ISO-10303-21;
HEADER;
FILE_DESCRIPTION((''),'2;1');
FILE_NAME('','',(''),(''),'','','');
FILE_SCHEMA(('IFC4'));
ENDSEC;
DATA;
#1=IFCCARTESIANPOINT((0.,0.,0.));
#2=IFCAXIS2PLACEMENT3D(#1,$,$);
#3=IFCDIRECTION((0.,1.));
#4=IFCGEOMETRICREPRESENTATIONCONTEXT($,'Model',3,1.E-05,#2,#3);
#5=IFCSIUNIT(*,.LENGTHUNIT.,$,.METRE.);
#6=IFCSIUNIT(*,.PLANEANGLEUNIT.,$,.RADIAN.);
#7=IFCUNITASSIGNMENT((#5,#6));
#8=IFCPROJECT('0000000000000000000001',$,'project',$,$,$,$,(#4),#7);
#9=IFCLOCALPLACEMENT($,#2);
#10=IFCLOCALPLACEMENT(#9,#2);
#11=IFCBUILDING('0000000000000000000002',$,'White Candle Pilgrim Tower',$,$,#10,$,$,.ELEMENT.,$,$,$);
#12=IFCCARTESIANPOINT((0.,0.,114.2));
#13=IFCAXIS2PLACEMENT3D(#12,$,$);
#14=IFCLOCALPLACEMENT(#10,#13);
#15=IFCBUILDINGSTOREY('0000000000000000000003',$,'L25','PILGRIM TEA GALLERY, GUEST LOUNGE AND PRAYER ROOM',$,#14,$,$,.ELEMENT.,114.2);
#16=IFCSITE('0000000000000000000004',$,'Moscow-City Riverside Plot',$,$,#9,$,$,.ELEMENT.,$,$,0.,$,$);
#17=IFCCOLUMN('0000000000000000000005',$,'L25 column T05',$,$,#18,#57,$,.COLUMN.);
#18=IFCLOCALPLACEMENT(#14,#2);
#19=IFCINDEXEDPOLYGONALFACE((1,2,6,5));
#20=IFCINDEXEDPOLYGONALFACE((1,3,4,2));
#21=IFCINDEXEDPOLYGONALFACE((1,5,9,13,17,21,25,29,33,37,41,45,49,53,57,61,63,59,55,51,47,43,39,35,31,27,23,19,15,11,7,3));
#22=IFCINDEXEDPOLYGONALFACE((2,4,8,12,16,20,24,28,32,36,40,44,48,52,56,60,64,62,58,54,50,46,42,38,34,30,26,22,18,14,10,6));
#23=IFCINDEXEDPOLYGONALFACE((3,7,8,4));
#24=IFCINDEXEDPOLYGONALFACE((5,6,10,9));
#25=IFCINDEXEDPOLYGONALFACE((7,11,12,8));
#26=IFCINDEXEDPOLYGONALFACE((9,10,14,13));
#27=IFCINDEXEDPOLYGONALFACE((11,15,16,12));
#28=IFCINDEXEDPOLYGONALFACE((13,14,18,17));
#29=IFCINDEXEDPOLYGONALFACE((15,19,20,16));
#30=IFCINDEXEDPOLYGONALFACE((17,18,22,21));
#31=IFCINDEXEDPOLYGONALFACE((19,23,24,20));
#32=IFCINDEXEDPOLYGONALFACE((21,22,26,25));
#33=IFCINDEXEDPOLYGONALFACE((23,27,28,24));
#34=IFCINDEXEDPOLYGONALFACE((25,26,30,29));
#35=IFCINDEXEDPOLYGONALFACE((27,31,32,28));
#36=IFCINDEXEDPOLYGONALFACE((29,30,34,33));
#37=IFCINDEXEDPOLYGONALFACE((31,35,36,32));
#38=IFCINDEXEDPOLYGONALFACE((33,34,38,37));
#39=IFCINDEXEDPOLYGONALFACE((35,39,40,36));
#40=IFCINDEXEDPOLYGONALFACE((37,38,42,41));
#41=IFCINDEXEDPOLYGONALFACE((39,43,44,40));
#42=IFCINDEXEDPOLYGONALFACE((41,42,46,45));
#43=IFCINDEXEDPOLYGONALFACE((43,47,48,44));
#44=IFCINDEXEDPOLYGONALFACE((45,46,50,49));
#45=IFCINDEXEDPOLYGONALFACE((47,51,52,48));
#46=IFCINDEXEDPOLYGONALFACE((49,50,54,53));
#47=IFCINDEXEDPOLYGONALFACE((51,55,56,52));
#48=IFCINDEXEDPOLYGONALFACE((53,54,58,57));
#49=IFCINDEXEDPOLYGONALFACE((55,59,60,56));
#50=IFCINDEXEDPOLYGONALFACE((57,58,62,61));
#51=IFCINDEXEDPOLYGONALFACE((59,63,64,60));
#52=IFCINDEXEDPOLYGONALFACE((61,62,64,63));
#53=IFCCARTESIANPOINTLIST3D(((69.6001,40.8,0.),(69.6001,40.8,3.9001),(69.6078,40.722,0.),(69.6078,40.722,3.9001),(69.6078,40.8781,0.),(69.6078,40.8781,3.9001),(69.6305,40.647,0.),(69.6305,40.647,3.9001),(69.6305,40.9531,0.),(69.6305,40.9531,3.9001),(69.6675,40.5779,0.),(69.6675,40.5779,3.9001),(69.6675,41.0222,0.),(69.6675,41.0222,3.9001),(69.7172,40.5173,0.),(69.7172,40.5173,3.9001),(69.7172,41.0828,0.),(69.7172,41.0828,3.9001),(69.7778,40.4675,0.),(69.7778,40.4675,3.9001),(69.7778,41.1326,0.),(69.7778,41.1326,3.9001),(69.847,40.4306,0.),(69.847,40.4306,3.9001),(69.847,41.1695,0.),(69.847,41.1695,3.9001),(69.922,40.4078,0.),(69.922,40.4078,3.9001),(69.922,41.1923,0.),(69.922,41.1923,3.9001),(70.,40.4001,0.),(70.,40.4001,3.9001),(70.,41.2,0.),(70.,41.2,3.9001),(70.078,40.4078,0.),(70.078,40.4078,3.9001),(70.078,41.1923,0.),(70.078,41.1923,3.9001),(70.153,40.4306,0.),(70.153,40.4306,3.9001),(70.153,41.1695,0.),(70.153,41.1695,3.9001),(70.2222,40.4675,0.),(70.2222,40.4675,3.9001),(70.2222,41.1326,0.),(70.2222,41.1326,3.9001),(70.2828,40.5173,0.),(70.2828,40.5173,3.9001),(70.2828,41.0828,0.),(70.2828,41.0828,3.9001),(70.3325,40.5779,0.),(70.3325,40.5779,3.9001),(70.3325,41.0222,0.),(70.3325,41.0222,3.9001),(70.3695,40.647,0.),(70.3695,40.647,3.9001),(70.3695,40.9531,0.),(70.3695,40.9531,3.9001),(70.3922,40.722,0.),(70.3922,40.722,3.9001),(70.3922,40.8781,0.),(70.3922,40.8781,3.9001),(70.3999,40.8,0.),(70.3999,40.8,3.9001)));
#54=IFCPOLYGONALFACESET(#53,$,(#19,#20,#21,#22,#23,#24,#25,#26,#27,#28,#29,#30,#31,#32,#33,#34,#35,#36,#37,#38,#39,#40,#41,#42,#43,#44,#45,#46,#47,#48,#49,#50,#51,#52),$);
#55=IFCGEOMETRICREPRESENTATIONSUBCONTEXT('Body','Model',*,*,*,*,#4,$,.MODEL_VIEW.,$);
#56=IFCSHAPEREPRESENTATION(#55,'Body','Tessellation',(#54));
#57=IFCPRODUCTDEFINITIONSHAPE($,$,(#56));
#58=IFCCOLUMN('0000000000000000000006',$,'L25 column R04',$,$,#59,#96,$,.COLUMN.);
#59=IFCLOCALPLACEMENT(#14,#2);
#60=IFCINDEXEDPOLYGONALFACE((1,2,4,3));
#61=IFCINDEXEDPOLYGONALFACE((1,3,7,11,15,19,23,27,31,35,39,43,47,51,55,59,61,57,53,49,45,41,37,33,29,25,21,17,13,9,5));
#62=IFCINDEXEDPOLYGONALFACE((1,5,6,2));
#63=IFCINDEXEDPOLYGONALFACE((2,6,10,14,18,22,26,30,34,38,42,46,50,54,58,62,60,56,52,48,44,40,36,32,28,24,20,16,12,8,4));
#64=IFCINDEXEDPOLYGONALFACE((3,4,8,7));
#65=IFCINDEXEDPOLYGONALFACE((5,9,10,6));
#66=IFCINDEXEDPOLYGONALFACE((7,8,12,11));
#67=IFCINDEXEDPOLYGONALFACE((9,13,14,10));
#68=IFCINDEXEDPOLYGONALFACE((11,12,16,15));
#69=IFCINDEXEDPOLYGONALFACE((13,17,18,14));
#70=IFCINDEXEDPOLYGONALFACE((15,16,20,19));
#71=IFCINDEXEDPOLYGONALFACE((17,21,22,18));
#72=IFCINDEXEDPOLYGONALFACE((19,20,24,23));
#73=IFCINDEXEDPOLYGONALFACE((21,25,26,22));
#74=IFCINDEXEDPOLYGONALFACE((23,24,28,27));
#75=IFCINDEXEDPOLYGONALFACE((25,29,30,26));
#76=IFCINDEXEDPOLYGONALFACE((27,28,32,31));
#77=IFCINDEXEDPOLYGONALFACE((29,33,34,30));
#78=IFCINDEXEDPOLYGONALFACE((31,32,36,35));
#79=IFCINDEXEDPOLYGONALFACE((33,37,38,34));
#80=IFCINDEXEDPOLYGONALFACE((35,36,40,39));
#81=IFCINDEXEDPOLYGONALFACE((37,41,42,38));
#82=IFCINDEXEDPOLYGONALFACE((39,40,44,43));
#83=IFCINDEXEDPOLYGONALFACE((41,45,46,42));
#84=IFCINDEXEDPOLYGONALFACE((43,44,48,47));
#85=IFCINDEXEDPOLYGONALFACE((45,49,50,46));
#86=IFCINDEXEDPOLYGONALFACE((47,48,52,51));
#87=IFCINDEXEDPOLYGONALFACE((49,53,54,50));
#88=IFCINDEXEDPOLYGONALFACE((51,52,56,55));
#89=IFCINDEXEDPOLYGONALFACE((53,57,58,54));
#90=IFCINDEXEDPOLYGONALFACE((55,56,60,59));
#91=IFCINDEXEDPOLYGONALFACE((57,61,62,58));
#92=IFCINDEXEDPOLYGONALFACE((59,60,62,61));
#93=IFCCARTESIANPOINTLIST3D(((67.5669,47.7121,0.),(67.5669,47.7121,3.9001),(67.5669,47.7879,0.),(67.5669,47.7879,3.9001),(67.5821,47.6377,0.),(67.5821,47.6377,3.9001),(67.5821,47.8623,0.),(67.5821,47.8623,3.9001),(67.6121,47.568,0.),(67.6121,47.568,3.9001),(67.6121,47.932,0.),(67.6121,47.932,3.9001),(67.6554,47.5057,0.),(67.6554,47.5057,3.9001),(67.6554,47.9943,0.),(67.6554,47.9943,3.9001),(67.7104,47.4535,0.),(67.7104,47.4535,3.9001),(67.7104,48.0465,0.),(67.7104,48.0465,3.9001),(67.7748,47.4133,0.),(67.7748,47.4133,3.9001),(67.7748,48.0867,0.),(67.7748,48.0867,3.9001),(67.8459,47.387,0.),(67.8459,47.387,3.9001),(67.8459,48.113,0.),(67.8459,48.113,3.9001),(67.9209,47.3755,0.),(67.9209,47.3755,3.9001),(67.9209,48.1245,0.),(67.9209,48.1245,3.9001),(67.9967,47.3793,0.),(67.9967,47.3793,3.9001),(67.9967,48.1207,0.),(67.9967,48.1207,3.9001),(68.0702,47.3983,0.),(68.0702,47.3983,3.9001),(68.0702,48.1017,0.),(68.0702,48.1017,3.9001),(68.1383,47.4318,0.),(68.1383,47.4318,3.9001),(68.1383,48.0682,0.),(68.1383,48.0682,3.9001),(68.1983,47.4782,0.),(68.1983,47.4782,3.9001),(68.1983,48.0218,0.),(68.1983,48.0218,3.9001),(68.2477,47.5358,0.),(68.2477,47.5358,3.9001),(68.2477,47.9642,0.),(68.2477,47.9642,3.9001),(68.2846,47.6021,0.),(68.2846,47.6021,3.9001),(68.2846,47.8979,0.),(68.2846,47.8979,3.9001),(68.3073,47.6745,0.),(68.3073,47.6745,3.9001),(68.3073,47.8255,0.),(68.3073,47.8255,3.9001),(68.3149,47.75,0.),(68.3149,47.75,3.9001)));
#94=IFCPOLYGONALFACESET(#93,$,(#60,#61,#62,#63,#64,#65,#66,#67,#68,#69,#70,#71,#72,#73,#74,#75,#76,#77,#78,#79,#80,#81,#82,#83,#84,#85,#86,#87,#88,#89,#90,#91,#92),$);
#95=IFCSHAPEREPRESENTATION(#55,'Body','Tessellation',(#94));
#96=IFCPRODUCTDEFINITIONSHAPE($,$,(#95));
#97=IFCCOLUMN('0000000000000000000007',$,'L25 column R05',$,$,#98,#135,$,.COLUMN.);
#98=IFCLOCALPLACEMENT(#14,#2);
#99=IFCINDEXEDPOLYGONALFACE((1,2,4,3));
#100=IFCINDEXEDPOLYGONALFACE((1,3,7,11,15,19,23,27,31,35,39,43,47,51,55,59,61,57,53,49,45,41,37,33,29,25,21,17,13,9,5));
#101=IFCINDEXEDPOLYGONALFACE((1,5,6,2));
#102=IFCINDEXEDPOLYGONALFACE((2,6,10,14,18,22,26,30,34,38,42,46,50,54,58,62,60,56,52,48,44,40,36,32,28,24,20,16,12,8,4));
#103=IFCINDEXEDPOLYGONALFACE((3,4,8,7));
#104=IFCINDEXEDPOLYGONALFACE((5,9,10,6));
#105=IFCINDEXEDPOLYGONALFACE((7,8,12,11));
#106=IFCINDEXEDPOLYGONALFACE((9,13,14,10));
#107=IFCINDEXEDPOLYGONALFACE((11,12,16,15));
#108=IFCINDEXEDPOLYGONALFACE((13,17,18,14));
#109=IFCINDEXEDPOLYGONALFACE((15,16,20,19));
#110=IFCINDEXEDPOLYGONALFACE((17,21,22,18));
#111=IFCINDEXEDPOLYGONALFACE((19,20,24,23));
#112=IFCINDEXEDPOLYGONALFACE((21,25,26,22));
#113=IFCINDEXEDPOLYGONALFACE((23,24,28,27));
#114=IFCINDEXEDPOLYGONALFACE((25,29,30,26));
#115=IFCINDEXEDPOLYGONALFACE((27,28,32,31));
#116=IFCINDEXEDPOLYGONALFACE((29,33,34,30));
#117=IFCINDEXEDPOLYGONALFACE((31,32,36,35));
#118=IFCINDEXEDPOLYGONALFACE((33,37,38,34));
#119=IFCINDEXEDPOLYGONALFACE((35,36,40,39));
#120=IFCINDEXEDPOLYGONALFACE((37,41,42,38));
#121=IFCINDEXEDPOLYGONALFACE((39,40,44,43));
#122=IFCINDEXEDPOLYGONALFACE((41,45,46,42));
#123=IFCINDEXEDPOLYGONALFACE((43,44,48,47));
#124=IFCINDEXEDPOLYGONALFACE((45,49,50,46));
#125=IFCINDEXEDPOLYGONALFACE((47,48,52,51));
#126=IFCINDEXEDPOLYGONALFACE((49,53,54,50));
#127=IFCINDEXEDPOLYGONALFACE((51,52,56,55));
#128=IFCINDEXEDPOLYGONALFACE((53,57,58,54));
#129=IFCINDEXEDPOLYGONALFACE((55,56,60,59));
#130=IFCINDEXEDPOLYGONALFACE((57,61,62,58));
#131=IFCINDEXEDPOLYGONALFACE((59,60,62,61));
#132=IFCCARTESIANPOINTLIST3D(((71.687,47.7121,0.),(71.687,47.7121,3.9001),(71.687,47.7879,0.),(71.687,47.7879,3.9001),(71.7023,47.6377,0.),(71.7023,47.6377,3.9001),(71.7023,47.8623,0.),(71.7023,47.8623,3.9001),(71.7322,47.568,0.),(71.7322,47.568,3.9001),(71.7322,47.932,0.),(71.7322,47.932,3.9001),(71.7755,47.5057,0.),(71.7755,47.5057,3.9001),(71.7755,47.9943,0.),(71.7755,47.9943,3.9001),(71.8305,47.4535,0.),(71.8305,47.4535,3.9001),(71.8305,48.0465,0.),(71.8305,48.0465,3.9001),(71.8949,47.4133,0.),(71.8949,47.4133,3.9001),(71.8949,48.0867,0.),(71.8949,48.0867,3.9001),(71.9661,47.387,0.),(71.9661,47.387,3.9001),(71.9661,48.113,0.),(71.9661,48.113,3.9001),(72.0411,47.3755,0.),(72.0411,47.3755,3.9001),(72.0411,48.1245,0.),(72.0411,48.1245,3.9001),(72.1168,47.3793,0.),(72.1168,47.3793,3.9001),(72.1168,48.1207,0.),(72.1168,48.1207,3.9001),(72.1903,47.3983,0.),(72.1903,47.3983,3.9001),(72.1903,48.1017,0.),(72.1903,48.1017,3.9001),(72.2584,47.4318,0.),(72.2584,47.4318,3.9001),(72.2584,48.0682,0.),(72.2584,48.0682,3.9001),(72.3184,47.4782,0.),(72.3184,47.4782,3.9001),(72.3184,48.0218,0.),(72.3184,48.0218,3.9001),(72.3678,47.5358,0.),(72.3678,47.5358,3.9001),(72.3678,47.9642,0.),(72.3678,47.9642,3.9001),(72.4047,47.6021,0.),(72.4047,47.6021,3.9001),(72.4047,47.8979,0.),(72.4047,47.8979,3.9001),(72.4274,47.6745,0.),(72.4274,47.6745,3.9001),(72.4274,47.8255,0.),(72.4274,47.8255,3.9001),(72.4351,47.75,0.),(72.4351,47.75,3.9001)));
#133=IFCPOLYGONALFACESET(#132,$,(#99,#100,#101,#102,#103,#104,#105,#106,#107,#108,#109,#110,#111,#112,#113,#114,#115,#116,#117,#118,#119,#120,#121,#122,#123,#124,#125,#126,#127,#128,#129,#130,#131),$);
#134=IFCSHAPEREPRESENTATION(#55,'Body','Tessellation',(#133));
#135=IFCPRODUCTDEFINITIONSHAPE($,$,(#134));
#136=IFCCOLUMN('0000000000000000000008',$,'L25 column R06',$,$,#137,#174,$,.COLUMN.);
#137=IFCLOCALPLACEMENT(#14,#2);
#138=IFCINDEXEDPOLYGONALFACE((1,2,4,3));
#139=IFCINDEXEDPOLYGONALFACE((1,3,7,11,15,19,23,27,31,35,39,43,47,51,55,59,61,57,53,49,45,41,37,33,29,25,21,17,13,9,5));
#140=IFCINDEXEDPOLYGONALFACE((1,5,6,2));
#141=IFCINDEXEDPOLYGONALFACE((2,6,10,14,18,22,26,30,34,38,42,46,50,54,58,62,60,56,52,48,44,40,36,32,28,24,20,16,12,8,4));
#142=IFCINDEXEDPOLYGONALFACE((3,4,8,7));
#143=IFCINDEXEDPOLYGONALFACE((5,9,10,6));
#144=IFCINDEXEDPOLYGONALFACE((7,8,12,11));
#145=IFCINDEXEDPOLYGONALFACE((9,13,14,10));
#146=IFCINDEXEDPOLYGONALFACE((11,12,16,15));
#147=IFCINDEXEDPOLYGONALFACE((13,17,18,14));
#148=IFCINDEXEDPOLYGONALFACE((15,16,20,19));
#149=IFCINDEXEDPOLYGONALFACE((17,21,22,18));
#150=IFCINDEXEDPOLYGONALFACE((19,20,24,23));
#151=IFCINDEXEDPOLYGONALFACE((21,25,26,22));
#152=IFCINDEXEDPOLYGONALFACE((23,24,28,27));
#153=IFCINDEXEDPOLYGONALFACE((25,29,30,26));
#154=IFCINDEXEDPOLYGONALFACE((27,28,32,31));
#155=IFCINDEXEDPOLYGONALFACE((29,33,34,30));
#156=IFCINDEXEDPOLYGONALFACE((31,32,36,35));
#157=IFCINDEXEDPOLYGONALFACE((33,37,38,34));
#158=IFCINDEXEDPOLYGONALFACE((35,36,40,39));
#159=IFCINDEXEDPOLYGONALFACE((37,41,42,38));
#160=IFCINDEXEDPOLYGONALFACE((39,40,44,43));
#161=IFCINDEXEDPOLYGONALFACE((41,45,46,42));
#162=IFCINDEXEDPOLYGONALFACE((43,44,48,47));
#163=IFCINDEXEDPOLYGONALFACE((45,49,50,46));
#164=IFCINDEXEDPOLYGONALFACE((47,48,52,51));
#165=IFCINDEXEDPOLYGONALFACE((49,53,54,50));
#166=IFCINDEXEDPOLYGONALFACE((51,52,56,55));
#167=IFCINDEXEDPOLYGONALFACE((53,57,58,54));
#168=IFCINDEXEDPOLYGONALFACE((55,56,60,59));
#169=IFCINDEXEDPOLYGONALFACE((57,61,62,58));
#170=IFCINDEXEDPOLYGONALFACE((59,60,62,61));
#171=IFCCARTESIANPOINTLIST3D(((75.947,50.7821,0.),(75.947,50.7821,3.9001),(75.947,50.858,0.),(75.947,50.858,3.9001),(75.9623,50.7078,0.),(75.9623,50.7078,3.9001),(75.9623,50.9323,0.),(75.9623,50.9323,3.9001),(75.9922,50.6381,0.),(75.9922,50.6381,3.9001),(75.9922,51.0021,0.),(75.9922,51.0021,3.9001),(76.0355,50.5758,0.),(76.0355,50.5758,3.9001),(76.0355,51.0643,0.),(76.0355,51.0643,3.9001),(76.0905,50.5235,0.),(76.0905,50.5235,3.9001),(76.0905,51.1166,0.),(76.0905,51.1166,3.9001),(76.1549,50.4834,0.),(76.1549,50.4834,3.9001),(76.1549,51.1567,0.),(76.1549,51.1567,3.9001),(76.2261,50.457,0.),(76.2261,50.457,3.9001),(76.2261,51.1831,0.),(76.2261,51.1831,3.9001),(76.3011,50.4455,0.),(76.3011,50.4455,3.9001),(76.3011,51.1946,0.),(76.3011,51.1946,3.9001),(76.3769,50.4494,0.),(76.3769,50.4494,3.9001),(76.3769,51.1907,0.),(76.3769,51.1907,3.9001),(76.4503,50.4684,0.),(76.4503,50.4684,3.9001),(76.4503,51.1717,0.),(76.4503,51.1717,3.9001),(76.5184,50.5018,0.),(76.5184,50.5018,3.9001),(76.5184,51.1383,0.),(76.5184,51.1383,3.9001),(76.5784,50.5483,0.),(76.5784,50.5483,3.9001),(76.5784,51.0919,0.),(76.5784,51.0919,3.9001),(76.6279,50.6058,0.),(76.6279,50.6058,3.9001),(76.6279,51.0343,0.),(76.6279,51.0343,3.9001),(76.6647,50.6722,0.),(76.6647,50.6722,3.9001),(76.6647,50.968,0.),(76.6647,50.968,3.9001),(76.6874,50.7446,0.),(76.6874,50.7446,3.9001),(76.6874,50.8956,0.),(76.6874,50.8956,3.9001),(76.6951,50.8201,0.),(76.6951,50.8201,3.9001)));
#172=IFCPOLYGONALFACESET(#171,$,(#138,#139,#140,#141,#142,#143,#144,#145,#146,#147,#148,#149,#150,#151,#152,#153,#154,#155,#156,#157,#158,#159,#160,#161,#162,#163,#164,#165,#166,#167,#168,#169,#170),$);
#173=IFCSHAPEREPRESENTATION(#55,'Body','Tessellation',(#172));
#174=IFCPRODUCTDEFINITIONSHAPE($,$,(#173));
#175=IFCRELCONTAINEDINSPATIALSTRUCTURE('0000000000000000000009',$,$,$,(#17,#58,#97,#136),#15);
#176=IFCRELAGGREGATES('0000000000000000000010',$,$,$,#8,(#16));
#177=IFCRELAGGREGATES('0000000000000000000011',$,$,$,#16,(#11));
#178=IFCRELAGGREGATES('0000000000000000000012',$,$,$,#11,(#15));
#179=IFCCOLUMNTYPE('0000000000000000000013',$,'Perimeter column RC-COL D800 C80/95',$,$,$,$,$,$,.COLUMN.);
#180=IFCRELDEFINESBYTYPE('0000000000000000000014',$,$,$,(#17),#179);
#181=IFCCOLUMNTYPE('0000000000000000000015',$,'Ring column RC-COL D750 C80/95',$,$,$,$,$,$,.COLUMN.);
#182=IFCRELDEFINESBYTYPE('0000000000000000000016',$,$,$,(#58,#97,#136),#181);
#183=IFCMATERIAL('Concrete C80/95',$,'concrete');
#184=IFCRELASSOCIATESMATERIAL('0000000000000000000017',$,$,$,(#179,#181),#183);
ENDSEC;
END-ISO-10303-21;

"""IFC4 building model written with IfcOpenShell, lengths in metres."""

from ifc_helpers import new_model, si_unit, direction, frame, origin, origin_2d, place, context, subcontext, project, spatial, circle, extrude, material, material_profile, profile_set, type_object, element, save


model = new_model("IFC4")

# Units and contexts
model_context = context("Model", 3, precision=1e-05, world=origin(), true_north=direction((0.0, 1.0)))
body_context = subcontext(model_context, "Body", "Model", "MODEL_VIEW")
ifc_project = project(units=[si_unit("LENGTHUNIT", "METRE"), si_unit("PLANEANGLEUNIT", "RADIAN")], contexts=[model_context])

# Site, building, storey
site_placement = place(None, origin())
site = spatial("IfcSite", under=ifc_project, at=site_placement, Name="Moscow-City Riverside Plot", CompositionType="ELEMENT", RefElevation=0.0)
building_placement = place(site_placement, origin())
building = spatial("IfcBuilding", under=site, at=building_placement, Name="White Candle Pilgrim Tower", CompositionType="ELEMENT")
storey_placement = place(building_placement, frame((0.0, 0.0, 114.2)))
storey = spatial("IfcBuildingStorey", under=building, at=storey_placement, Name="L25", Description="PILGRIM TEA GALLERY, GUEST LOUNGE AND PRAYER ROOM", CompositionType="ELEMENT", Elevation=114.2)

# Columns
ifc_material_1 = material(Name="Concrete C80/95", Category="concrete")
ifc_material_profile_1 = material_profile(ifc_material_1, circle(Radius=0.3999, at=origin_2d()), Name="RC-COL D800")
ifc_profile_set_1 = profile_set([ifc_material_profile_1], Name="Concrete C80/95")
column_type_1 = type_object("IfcColumnType", Name="Perimeter column RC-COL D800 C80/95", PredefinedType="COLUMN", material=ifc_profile_set_1)
column_placement = place(storey_placement, frame((70.0, 40.8, 0.0), z_axis=(0.0, 0.0, 1.0), x_axis=(1.0, 0.0, 0.0)))
element("IfcColumn", 1, at=column_placement, inside=storey, type_object=column_type_1, Name="L25 column T05", PredefinedType="COLUMN", context=body_context, shape_type="SweptSolid", body=[
    extrude(circle(Radius=0.3999, at=origin_2d()), origin(), (0.0, 0.0, 1.0), 3.9001),
])
ifc_material_profile_2 = material_profile(ifc_material_1, circle(Radius=0.375, at=origin_2d()), Name="RC-COL D750")
ifc_profile_set_2 = profile_set([ifc_material_profile_2], Name="Concrete C80/95")
column_type_2 = type_object("IfcColumnType", Name="Ring column RC-COL D750 C80/95", PredefinedType="COLUMN", material=ifc_profile_set_2)
for number, where, z_axis, x_axis, name in (
    (2, (67.9399, 47.75, 0.0), (0.0, 0.0, 1.0), (1.0, 0.0, 0.0), "L25 column R04"),
    (3, (72.0601, 47.75, 0.0), (0.0, 0.0, 1.0), (1.0, 0.0, 0.0), "L25 column R05"),
    (4, (76.3201, 50.8201, 0.0), (0.0, 0.0, 1.0), (1.0, 0.0, 0.0), "L25 column R06"),
):
    element("IfcColumn", number, at=place(storey_placement, frame(where, z_axis=z_axis, x_axis=x_axis)), inside=storey, type_object=column_type_2, Name=name, PredefinedType="COLUMN", context=body_context, shape_type="SweptSolid", body=[
        extrude(circle(Radius=0.375, at=origin_2d()), origin(), (0.0, 0.0, 1.0), 3.9001),
    ])

save(model, "model.ifc")
